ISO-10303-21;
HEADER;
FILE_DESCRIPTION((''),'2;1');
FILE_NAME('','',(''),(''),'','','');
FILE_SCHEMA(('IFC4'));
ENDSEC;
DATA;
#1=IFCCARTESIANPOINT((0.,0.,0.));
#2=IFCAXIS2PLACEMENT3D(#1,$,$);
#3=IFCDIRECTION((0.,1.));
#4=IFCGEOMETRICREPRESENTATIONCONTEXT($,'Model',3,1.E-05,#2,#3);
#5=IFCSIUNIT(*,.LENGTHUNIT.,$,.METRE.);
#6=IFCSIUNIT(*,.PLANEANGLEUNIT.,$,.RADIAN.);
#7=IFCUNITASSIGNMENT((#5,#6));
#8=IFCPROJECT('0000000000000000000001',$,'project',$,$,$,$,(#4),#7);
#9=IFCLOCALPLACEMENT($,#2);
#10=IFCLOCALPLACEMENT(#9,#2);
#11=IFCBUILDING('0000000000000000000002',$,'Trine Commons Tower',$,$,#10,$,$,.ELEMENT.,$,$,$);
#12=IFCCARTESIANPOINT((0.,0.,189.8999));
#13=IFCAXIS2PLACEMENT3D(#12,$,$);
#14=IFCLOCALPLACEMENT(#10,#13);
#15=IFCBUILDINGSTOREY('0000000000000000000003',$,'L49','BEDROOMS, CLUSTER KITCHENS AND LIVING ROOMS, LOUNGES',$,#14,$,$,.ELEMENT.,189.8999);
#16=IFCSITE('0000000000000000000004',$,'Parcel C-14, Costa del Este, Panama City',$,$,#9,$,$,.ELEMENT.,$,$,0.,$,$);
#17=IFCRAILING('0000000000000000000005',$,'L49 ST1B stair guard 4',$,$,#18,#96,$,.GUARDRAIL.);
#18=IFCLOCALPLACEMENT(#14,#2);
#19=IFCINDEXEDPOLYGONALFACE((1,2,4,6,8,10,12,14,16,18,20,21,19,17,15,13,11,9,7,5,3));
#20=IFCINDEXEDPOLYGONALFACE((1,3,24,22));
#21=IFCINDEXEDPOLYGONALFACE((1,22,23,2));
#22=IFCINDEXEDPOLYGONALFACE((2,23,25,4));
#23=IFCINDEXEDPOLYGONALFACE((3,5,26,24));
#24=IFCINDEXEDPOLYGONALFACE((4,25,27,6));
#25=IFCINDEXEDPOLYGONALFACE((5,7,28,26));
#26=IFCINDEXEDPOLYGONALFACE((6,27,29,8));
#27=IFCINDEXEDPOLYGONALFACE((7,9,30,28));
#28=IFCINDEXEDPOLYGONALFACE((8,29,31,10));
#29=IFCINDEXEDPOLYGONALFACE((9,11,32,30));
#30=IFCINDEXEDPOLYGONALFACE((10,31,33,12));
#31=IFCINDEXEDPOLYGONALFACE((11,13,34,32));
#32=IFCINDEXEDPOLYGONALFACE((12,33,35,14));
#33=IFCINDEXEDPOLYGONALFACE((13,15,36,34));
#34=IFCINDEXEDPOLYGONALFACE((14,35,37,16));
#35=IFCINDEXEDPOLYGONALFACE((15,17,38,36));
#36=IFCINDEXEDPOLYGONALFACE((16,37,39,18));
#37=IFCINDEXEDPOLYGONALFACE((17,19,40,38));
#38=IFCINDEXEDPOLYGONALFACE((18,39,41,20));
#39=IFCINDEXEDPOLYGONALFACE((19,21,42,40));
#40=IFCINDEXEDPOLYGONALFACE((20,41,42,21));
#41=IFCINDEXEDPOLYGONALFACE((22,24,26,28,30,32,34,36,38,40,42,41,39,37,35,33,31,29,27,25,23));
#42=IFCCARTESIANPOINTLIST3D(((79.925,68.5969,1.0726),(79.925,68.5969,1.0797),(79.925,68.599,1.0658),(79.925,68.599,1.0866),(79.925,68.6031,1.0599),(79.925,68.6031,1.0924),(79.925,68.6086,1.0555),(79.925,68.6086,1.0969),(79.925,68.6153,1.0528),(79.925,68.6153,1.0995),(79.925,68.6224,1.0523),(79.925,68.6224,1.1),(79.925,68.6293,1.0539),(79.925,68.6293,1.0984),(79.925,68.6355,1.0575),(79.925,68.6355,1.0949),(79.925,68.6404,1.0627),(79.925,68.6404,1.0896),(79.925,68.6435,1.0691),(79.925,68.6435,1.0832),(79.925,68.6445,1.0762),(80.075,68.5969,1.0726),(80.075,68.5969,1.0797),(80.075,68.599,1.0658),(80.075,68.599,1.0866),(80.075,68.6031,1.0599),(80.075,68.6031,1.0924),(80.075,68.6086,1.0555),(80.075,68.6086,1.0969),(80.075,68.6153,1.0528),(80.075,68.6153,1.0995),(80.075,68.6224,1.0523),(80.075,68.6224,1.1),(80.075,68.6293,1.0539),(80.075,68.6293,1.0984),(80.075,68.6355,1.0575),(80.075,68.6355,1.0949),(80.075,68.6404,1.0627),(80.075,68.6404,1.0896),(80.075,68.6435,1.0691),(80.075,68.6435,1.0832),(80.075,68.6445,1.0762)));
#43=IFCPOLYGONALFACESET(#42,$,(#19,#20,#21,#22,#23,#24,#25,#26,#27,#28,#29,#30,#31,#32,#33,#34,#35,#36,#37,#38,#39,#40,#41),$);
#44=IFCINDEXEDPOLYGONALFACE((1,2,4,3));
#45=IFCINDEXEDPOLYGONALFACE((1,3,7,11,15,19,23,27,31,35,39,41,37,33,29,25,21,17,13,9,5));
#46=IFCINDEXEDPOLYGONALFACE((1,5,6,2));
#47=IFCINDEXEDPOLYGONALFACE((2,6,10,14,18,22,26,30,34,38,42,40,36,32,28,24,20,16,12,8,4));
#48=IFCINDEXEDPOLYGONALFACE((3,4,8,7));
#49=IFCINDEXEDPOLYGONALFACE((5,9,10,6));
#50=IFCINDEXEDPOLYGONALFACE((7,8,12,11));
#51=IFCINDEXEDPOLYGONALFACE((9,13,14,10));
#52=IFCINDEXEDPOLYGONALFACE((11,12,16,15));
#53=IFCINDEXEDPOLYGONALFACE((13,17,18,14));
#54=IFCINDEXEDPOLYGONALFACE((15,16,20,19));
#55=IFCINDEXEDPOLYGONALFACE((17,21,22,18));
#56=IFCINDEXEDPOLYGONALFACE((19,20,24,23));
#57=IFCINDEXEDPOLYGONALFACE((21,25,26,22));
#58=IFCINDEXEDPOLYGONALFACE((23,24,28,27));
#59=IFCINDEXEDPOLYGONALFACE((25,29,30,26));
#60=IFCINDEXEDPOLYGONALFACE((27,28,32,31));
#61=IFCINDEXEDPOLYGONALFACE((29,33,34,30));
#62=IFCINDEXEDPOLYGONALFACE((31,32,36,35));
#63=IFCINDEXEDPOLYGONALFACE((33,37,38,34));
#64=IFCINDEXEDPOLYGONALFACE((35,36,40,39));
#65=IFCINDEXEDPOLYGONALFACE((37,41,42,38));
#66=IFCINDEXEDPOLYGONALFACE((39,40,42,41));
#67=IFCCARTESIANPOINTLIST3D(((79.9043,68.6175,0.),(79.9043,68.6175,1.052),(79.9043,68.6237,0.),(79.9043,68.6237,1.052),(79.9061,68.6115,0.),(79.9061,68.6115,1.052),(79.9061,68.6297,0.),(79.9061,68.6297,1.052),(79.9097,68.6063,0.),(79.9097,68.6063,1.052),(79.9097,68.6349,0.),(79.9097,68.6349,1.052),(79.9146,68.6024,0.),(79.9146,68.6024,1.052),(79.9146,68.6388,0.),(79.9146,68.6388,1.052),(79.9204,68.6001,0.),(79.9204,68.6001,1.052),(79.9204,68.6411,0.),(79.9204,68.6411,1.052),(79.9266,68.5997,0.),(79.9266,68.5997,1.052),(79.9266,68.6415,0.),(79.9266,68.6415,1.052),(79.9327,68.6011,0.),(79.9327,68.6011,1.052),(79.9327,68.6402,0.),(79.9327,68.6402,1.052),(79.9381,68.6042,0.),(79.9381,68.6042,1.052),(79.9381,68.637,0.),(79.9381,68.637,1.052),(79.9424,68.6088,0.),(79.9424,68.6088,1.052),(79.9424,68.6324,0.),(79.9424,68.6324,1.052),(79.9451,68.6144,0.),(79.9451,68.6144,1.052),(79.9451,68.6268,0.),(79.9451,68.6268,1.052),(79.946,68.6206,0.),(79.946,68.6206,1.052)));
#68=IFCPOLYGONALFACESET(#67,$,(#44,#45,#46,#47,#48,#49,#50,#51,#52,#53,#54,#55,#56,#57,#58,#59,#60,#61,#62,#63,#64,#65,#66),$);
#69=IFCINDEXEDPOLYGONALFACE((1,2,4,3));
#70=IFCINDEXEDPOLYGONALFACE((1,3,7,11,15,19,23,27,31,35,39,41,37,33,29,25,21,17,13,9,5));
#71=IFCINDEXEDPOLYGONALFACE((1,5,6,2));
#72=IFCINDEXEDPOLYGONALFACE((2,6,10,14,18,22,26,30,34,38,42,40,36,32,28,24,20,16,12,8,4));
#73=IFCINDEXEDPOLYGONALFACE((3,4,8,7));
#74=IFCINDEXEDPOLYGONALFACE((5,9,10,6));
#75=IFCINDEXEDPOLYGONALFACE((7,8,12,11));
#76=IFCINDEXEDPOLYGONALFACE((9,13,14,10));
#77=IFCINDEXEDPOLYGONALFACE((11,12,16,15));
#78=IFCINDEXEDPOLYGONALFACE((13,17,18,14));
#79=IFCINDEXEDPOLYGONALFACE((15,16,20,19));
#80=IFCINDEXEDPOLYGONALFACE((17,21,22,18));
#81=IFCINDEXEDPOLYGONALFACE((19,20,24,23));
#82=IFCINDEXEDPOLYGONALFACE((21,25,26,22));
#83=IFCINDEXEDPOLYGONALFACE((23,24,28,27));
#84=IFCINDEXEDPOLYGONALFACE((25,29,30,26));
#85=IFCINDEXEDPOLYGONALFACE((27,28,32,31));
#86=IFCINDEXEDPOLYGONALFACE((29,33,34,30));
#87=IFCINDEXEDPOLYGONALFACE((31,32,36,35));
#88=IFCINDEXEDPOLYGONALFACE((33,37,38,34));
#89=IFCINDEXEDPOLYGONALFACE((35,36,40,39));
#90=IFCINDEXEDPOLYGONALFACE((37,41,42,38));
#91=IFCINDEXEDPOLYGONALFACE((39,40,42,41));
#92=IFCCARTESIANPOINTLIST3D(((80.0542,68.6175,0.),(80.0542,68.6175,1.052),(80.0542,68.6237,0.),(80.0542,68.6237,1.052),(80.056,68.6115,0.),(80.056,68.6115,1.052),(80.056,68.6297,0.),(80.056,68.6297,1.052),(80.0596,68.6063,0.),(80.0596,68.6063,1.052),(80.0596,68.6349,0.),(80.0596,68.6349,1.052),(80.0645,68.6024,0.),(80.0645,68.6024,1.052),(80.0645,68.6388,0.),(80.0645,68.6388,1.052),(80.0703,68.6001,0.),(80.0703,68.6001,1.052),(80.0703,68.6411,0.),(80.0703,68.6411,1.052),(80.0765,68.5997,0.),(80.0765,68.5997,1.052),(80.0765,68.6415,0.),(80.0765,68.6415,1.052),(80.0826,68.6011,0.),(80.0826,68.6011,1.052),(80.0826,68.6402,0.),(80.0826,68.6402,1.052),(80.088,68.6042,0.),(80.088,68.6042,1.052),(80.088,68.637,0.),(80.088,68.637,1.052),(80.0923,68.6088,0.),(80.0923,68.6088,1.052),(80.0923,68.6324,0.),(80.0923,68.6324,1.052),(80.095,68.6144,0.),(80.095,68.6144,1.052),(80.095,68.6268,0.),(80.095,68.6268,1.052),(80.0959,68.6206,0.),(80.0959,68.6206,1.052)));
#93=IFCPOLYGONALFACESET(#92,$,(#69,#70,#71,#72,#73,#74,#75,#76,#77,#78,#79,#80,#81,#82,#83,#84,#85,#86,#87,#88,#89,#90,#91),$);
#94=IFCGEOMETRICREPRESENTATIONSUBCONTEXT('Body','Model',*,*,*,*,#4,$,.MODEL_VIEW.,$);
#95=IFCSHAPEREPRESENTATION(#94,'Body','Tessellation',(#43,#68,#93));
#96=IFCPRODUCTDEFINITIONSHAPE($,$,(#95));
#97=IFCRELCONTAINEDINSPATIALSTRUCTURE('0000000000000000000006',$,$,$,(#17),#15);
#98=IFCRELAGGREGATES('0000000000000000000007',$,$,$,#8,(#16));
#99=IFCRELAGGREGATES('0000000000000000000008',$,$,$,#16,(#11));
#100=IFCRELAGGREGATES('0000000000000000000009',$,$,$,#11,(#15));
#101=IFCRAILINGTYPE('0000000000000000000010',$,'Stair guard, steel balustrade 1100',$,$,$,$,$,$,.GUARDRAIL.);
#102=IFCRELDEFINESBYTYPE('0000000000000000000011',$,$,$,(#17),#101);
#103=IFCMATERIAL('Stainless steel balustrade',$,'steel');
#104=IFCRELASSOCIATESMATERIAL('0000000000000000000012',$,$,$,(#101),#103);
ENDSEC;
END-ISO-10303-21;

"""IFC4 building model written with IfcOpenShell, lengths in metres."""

from ifc_helpers import new_model, si_unit, direction, frame, origin, origin_2d, place, context, subcontext, project, spatial, circle, extrude, material, type_object, element, save


model = new_model("IFC4")

# Units and contexts
model_context = context("Model", 3, precision=1e-05, world=origin(), true_north=direction((0.0, 1.0)))
body_context = subcontext(model_context, "Body", "Model", "MODEL_VIEW")
ifc_project = project(units=[si_unit("LENGTHUNIT", "METRE"), si_unit("PLANEANGLEUNIT", "RADIAN")], contexts=[model_context])

# Site, building, storey
site_placement = place(None, origin())
site = spatial("IfcSite", under=ifc_project, at=site_placement, Name="Parcel C-14, Costa del Este, Panama City", CompositionType="ELEMENT", RefElevation=0.0)
building_placement = place(site_placement, origin())
building = spatial("IfcBuilding", under=site, at=building_placement, Name="Trine Commons Tower", CompositionType="ELEMENT")
storey_placement = place(building_placement, frame((0.0, 0.0, 189.8999)))
storey = spatial("IfcBuildingStorey", under=building, at=storey_placement, Name="L49", Description="BEDROOMS, CLUSTER KITCHENS AND LIVING ROOMS, LOUNGES", CompositionType="ELEMENT", Elevation=189.8999)

# Railing
ifc_material_1 = material(Name="Stainless steel balustrade", Category="steel")
railing_type_1 = type_object("IfcRailingType", Name="Stair guard, steel balustrade 1100", PredefinedType="GUARDRAIL", material=ifc_material_1)
railing_1_placement = place(storey_placement, frame((79.925, 68.6206, 0.0)))
element("IfcRailing", 1, at=railing_1_placement, inside=storey, type_object=railing_type_1, Name="L49 ST1B stair guard 4", PredefinedType="GUARDRAIL", context=body_context, shape_type="SweptSolid", body=[
    extrude(circle(Radius=0.0239, at=origin_2d()), frame((0.0, 0.0, 1.0762), z_axis=(1.0, 0.0, 0.0), x_axis=(0.0, 1.0, 0.0)), (0.0, 0.0, 1.0), 0.1499),
    extrude(circle(Radius=0.021, at=origin_2d()), origin(), (0.0, 0.0, 1.0), 1.052),
    extrude(circle(Radius=0.021, at=origin_2d()), frame((0.1499, 0.0, 0.0)), (0.0, 0.0, 1.0), 1.052),
])

save(model, "model.ifc")
